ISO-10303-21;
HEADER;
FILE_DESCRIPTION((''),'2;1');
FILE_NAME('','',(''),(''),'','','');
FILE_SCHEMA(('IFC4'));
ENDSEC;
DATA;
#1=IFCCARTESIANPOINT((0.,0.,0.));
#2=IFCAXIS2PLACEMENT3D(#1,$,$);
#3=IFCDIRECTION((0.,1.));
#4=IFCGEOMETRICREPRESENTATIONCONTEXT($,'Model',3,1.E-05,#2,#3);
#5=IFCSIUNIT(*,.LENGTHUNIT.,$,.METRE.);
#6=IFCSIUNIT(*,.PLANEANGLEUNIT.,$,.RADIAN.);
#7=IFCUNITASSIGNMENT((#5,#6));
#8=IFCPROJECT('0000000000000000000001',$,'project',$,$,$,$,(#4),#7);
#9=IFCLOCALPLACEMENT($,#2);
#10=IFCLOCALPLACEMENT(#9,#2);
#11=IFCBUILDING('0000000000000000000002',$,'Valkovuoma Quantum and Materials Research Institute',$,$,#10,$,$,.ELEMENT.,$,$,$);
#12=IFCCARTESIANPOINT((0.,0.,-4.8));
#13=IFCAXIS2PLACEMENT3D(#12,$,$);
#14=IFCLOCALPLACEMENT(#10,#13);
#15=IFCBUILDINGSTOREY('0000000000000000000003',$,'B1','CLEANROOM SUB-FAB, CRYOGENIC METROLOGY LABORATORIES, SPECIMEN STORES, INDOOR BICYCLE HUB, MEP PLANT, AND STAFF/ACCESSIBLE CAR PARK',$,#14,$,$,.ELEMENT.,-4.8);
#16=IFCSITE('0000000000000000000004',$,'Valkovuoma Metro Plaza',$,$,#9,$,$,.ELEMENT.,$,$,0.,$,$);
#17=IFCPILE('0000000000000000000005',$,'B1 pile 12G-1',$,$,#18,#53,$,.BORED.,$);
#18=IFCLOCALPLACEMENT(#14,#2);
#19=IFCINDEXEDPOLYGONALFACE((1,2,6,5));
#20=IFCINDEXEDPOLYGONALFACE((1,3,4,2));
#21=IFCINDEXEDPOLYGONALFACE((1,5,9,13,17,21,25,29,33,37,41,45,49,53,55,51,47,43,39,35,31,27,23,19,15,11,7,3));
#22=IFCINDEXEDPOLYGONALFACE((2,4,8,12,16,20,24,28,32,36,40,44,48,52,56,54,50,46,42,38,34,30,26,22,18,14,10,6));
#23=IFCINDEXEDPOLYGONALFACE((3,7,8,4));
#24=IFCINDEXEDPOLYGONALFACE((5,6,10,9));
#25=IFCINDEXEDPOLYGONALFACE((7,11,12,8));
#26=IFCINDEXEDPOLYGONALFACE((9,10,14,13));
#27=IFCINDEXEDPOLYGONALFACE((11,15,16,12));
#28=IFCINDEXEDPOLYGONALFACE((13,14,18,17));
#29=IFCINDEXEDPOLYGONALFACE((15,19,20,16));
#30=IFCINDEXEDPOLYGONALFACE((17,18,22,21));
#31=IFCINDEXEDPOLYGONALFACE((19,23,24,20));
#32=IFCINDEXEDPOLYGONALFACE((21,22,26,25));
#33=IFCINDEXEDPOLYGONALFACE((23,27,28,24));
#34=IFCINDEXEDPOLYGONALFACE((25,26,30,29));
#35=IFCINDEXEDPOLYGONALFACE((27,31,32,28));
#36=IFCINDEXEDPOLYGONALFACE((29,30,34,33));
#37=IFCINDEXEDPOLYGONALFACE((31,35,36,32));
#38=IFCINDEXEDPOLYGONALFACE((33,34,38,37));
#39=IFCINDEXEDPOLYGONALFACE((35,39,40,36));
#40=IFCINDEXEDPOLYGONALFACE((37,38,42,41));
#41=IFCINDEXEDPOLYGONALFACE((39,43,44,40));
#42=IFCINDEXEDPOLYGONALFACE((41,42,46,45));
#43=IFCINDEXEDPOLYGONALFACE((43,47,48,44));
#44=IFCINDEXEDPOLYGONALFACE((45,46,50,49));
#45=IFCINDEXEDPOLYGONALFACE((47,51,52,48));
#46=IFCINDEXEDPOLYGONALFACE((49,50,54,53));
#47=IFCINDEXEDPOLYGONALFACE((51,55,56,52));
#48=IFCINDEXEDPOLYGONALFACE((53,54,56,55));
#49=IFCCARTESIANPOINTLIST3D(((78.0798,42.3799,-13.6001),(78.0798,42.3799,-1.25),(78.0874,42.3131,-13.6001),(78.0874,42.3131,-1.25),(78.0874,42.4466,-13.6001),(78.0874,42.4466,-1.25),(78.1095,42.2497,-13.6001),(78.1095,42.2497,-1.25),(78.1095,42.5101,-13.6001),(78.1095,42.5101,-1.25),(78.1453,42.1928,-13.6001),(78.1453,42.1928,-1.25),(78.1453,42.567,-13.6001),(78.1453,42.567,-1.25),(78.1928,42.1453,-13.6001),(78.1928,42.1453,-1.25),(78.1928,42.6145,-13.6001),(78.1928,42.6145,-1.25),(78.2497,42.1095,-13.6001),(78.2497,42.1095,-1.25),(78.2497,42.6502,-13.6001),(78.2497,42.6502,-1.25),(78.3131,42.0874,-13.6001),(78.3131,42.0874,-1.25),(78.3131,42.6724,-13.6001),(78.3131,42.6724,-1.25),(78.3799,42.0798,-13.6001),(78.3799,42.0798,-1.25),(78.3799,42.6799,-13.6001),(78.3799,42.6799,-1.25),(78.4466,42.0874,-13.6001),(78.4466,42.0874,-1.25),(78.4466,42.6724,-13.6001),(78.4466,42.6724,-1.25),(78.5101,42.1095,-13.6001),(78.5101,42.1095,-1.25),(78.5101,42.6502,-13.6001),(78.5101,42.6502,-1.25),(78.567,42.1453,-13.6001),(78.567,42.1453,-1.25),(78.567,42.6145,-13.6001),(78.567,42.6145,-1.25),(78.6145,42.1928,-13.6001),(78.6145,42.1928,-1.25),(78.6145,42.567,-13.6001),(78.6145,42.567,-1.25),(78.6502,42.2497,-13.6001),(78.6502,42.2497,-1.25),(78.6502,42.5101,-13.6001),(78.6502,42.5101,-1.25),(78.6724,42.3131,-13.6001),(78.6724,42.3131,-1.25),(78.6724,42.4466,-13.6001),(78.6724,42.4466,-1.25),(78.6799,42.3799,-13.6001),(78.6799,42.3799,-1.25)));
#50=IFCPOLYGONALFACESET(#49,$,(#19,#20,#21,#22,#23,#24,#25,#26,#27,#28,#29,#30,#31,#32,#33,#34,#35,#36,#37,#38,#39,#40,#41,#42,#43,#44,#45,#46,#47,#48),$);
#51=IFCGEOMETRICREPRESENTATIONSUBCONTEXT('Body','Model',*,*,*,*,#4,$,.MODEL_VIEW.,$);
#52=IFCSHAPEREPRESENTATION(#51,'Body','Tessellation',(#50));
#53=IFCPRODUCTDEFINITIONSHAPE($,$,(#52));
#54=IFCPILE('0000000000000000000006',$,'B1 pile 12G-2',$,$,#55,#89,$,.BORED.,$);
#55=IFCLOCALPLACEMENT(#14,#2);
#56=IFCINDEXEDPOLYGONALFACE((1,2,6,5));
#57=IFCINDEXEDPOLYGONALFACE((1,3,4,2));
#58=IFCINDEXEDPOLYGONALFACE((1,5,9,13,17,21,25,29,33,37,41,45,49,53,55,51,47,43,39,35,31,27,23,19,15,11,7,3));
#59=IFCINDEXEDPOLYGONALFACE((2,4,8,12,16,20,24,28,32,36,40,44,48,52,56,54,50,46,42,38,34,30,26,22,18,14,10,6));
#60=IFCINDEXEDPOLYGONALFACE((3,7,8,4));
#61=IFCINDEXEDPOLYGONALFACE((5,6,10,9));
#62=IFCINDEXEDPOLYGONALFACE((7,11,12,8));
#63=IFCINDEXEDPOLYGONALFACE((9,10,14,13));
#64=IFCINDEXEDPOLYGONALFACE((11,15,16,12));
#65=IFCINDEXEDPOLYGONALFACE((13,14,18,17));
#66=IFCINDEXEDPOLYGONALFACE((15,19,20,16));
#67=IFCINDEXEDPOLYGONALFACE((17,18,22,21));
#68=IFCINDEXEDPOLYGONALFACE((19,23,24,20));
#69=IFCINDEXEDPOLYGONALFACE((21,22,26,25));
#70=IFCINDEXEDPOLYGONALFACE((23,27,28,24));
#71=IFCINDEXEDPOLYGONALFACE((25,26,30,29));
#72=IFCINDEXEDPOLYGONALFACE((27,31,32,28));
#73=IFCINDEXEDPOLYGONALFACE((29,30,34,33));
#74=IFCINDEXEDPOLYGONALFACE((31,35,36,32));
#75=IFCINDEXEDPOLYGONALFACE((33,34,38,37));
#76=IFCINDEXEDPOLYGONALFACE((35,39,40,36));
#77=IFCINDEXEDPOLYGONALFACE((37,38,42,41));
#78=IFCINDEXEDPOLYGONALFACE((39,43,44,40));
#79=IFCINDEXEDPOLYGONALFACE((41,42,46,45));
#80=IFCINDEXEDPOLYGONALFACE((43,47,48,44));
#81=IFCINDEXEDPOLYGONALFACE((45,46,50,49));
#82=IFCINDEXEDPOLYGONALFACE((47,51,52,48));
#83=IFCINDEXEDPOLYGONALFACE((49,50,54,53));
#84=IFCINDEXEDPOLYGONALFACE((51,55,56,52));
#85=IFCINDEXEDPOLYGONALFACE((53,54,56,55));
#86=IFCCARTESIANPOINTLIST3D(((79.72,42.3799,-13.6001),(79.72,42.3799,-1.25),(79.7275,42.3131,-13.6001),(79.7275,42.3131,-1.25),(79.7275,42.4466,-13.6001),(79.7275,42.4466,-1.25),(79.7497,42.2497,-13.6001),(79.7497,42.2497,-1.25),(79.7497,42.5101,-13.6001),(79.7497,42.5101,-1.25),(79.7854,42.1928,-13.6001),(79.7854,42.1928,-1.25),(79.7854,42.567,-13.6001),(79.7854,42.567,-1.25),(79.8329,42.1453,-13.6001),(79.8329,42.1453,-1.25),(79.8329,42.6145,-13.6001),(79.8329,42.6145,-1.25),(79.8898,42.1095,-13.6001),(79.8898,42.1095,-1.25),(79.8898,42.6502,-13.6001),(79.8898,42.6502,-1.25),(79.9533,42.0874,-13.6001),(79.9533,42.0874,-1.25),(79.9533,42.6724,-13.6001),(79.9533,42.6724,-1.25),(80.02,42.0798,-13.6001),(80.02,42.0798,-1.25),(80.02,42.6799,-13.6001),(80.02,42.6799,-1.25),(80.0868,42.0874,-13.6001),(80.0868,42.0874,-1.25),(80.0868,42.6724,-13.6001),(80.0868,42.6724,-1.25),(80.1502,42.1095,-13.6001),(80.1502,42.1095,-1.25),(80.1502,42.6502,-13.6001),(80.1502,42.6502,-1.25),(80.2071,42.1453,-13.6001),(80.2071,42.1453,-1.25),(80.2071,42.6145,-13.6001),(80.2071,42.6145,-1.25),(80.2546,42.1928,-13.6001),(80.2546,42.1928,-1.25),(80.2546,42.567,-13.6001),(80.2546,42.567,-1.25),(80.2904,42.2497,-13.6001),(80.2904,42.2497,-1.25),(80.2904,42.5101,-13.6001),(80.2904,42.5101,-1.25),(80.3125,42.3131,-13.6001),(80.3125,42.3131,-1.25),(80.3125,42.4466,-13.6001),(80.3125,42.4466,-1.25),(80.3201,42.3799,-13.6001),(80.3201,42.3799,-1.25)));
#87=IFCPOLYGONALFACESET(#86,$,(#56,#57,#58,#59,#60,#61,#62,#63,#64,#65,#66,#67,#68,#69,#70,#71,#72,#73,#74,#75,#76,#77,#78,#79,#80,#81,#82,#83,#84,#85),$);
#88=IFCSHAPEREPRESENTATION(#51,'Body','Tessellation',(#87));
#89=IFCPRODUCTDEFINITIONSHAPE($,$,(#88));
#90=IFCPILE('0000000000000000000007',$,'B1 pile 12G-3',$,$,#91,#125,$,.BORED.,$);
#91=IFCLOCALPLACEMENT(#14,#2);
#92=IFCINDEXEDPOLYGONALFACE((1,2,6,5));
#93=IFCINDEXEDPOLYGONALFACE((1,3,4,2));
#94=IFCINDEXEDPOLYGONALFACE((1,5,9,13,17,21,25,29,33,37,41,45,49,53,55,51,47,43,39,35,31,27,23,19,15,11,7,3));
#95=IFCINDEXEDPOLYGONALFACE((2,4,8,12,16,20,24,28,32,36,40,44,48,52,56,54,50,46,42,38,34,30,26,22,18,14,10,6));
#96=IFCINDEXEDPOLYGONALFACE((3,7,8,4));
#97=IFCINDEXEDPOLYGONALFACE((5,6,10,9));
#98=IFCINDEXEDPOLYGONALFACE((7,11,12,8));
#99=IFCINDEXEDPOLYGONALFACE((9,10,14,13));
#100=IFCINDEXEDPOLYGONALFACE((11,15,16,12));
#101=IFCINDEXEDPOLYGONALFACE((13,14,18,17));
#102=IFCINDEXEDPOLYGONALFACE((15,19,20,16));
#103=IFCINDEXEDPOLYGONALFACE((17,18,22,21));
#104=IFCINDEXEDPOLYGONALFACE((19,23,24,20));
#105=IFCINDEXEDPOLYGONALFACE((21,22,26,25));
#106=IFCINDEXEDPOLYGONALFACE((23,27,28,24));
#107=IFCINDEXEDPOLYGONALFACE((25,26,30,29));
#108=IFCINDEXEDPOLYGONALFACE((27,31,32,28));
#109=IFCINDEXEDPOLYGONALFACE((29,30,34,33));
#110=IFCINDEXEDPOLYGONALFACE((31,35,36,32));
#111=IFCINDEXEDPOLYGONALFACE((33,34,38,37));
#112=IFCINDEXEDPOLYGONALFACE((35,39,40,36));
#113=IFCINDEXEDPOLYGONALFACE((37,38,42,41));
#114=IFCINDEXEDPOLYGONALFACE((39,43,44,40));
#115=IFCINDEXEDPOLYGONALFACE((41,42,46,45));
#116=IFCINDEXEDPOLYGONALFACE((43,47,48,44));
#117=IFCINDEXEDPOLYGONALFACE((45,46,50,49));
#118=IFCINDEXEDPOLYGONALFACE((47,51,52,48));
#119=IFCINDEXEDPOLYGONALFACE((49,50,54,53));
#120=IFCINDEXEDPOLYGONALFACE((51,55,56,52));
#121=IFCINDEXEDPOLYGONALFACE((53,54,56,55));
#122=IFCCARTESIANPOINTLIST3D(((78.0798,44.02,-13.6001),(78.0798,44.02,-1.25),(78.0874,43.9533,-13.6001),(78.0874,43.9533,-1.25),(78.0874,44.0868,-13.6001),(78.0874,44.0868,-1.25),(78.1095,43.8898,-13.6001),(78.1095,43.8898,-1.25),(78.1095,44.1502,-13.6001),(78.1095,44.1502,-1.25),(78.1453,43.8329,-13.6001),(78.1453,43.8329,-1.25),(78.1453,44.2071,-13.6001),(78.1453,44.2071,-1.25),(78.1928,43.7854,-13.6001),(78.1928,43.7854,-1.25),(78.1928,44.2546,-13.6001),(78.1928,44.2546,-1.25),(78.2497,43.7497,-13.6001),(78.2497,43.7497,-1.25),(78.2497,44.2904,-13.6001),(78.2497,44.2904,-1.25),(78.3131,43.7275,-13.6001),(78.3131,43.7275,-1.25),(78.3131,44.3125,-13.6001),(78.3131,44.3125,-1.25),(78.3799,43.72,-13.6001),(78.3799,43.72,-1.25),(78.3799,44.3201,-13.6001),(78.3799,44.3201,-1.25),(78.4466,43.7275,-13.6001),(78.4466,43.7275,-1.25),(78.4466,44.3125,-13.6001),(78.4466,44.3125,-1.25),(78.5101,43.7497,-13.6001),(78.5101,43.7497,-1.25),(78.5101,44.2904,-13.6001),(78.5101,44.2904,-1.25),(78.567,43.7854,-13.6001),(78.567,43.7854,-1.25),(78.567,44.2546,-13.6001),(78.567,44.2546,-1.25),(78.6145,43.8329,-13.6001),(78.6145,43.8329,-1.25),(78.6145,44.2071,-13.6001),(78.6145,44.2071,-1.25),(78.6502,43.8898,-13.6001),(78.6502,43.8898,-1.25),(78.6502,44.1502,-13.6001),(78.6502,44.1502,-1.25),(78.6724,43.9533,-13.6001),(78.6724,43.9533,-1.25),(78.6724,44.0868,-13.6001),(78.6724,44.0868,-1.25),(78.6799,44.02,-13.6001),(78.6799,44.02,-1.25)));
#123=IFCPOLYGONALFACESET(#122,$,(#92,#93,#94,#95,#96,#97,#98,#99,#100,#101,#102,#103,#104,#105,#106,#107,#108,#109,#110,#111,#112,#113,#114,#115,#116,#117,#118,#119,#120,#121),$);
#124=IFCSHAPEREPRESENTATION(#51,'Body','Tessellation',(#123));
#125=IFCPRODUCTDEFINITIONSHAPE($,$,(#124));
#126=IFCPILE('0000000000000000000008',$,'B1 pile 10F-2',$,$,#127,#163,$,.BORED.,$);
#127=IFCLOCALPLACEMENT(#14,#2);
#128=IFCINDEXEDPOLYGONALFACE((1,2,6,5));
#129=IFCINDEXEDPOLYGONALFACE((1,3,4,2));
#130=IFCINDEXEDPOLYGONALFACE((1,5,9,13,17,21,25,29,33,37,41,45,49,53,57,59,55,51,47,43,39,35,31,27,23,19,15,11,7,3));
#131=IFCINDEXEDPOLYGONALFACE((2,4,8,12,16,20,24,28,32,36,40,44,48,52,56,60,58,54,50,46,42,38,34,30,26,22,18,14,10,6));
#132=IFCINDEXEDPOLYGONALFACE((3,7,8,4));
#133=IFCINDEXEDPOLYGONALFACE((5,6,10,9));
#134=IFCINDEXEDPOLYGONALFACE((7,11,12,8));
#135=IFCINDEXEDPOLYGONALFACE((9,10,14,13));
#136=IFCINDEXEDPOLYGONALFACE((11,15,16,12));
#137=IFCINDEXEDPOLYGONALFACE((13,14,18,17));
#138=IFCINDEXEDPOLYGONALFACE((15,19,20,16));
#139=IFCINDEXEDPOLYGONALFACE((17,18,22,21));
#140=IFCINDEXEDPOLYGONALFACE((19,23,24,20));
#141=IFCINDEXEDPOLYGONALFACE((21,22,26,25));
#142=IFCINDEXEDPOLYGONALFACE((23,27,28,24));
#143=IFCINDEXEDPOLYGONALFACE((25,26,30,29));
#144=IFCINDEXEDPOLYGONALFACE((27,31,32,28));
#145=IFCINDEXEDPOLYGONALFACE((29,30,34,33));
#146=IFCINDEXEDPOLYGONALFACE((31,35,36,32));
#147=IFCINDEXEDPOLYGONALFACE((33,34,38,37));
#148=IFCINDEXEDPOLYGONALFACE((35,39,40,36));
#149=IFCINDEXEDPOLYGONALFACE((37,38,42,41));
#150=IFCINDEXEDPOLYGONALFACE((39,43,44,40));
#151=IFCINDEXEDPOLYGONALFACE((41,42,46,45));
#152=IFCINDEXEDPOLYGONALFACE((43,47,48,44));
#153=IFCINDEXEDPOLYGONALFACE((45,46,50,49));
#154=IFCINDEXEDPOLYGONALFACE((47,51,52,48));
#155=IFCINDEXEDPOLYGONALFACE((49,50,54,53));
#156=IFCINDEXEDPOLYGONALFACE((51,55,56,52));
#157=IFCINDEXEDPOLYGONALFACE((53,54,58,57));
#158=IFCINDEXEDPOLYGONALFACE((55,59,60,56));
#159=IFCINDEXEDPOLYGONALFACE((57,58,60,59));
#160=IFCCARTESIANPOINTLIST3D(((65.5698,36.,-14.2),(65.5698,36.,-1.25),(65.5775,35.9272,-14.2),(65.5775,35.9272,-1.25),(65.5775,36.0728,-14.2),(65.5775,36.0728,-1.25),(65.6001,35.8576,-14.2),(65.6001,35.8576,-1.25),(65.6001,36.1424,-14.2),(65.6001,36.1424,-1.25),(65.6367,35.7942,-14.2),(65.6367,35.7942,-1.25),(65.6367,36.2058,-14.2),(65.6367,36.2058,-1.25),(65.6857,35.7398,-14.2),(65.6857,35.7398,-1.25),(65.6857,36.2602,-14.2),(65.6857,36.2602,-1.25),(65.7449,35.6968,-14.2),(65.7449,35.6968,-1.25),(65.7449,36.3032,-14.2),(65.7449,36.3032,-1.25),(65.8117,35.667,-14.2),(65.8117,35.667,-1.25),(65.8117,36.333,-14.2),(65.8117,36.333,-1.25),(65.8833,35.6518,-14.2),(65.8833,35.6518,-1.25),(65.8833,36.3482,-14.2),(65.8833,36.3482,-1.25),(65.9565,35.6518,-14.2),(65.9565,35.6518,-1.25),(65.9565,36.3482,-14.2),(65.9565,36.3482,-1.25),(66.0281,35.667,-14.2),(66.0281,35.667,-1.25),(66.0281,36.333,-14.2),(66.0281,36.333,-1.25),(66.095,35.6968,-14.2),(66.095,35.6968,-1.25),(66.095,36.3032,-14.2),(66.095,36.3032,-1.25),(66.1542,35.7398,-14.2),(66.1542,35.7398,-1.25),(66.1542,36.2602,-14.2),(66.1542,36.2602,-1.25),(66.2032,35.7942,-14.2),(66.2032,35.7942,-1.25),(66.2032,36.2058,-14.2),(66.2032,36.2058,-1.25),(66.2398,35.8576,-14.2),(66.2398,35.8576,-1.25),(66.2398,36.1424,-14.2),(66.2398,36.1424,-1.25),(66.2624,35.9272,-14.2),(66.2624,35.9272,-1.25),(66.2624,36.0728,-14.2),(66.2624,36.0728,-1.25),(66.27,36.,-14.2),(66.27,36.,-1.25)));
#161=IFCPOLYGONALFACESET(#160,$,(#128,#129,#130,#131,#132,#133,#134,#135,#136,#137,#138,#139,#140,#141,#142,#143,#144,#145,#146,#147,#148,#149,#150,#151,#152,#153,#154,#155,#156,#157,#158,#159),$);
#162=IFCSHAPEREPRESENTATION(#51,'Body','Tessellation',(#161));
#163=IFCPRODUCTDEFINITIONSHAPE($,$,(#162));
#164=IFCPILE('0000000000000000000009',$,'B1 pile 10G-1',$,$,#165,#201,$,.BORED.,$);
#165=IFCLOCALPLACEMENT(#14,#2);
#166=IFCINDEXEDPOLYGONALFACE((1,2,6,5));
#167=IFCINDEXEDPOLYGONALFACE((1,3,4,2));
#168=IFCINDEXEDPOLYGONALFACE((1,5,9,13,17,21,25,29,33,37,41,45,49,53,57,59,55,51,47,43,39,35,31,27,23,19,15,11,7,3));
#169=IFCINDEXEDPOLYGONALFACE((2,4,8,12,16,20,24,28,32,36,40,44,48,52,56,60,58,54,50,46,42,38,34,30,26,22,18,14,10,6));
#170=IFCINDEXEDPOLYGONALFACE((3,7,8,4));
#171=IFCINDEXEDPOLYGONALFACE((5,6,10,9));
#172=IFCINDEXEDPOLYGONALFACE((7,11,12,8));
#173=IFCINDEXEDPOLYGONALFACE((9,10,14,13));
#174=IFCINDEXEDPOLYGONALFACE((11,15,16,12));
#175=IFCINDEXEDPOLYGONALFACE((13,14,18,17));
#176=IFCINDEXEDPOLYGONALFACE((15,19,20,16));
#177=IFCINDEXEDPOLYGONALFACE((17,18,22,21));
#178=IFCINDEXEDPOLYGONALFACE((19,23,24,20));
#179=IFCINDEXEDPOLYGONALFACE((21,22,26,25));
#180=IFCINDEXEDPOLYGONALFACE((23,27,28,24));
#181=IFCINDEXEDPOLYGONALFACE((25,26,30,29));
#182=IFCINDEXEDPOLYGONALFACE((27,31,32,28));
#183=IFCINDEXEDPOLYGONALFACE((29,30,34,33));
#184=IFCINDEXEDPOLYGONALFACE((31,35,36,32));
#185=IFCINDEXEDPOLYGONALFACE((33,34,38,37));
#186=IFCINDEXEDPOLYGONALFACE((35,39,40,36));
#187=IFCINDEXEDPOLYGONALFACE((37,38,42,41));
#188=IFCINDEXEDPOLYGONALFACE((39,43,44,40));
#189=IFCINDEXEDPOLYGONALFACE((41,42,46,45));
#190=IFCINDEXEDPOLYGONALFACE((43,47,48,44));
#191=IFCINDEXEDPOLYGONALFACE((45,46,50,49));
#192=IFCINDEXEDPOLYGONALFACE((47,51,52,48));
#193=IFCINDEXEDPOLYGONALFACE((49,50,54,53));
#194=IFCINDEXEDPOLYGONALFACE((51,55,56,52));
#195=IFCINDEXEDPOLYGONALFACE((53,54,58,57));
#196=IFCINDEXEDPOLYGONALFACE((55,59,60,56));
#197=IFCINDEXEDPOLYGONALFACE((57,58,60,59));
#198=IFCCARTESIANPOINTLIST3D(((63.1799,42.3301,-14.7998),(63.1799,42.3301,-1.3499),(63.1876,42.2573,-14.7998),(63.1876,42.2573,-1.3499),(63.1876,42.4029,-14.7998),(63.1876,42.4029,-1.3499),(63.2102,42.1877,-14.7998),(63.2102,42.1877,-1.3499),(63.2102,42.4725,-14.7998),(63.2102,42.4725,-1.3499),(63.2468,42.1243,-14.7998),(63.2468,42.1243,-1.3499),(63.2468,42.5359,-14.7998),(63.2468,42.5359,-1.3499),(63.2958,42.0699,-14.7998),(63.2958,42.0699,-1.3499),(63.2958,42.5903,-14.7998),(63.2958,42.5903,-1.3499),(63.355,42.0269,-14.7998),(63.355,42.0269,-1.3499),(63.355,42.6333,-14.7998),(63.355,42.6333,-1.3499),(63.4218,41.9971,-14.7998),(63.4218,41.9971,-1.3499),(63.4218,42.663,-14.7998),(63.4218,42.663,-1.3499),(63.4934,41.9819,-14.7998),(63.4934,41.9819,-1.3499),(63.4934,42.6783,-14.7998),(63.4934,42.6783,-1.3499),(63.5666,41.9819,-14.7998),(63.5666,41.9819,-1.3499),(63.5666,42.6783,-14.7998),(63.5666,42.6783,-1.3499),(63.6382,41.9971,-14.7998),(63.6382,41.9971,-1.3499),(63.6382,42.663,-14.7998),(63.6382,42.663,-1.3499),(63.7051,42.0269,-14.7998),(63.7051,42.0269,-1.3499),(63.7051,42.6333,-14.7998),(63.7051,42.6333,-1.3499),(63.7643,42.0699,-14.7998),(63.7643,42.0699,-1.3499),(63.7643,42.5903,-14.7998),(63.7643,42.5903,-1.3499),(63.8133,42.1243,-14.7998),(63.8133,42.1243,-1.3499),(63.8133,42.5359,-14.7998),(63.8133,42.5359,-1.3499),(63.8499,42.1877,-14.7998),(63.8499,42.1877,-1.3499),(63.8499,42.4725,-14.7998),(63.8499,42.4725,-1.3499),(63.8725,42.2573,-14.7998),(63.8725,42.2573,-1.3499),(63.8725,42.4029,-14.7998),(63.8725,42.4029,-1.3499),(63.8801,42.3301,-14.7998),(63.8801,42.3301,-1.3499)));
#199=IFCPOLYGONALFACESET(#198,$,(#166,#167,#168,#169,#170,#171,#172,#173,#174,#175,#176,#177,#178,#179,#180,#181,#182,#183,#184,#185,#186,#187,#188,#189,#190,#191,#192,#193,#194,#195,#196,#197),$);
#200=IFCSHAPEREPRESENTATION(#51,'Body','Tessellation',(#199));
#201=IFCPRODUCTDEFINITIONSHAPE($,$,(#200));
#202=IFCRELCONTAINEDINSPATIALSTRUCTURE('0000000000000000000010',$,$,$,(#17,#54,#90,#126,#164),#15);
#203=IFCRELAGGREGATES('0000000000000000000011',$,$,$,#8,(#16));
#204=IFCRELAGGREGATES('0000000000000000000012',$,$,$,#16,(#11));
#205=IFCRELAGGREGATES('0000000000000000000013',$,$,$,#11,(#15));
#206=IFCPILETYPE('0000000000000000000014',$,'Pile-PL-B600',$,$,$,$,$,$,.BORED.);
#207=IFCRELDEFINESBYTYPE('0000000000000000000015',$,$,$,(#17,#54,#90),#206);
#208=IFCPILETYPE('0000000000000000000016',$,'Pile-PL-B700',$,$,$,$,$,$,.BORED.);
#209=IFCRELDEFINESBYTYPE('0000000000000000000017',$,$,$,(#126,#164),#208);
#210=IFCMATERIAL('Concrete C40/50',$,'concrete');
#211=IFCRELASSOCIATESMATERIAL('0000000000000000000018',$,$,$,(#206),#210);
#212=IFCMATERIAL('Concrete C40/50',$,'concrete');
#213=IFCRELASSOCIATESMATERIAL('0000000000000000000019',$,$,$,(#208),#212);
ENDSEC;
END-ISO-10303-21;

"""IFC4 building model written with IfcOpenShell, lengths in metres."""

from ifc_helpers import new_model, si_unit, direction, frame, origin, origin_2d, place, context, subcontext, project, spatial, circle, extrude, material, material_profile, profile_set, type_object, element, save


model = new_model("IFC4")

# Units and contexts
model_context = context("Model", 3, precision=1e-05, world=origin(), true_north=direction((0.0, 1.0)))
body_context = subcontext(model_context, "Body", "Model", "MODEL_VIEW")
ifc_project = project(units=[si_unit("LENGTHUNIT", "METRE"), si_unit("PLANEANGLEUNIT", "RADIAN")], contexts=[model_context])

# Site, building, storey
site_placement = place(None, origin())
site = spatial("IfcSite", under=ifc_project, at=site_placement, Name="Valkovuoma Metro Plaza", CompositionType="ELEMENT", RefElevation=0.0)
building_placement = place(site_placement, origin())
building = spatial("IfcBuilding", under=site, at=building_placement, Name="Valkovuoma Quantum and Materials Research Institute", CompositionType="ELEMENT")
storey_placement = place(building_placement, frame((0.0, 0.0, -4.8)))
storey = spatial("IfcBuildingStorey", under=building, at=storey_placement, Name="B1", Description="CLEANROOM SUB-FAB, CRYOGENIC METROLOGY LABORATORIES, SPECIMEN STORES, INDOOR BICYCLE HUB, MEP PLANT, AND STAFF/ACCESSIBLE CAR PARK", CompositionType="ELEMENT", Elevation=-4.8)

# Piles
ifc_material_1 = material(Name="Concrete C40/50", Category="concrete")
ifc_material_profile_1 = material_profile(ifc_material_1, circle(Radius=0.3, at=origin_2d()), Name="Concrete C40/50")
ifc_profile_set_1 = profile_set([ifc_material_profile_1], Name="Concrete C40/50")
pile_type_1 = type_object("IfcPileType", Name="Pile-PL-B600", PredefinedType="BORED", material=ifc_profile_set_1)
for number, where, z_axis, x_axis, name in (
    (1, (78.3799, 42.3799, -1.25), (0.0, 0.0, -1.0), (1.0, 0.0, 0.0), "B1 pile 12G-1"),
    (2, (80.02, 42.3799, -1.25), (0.0, 0.0, -1.0), (1.0, 0.0, 0.0), "B1 pile 12G-2"),
    (3, (78.3799, 44.02, -1.25), (0.0, 0.0, -1.0), (1.0, 0.0, 0.0), "B1 pile 12G-3"),
):
    element("IfcPile", number, at=place(storey_placement, frame(where, z_axis=z_axis, x_axis=x_axis)), inside=storey, type_object=pile_type_1, Name=name, PredefinedType="BORED", context=body_context, shape_type="SweptSolid", body=[
        extrude(circle(Radius=0.3, at=origin_2d()), origin(), (0.0, 0.0, 1.0), 12.3501),
    ])
ifc_material_2 = material(Name="Concrete C40/50", Category="concrete")
ifc_material_profile_2 = material_profile(ifc_material_2, circle(Radius=0.3501, at=origin_2d()), Name="Concrete C40/50")
ifc_profile_set_2 = profile_set([ifc_material_profile_2], Name="Concrete C40/50")
pile_type_2 = type_object("IfcPileType", Name="Pile-PL-B700", PredefinedType="BORED", material=ifc_profile_set_2)
pile_placement = place(storey_placement, frame((65.9199, 36.0, -1.25), z_axis=(0.0, 0.0, -1.0), x_axis=(1.0, 0.0, 0.0)))
element("IfcPile", 4, at=pile_placement, inside=storey, type_object=pile_type_2, Name="B1 pile 10F-2", PredefinedType="BORED", context=body_context, shape_type="SweptSolid", body=[
    extrude(circle(Radius=0.3501, at=origin_2d()), origin(), (0.0, 0.0, 1.0), 12.95),
])
for number, where, z_axis, x_axis, name in (
    (5, (63.53, 42.3301, -1.3499), (0.0, 0.0, -1.0), (1.0, 0.0, 0.0), "B1 pile 10G-1"),
):
    element("IfcPile", number, at=place(storey_placement, frame(where, z_axis=z_axis, x_axis=x_axis)), inside=storey, type_object=pile_type_2, Name=name, PredefinedType="BORED", context=body_context, shape_type="SweptSolid", body=[
        extrude(circle(Radius=0.3501, at=origin_2d()), origin(), (0.0, 0.0, 1.0), 13.45),
    ])

save(model, "model.ifc")
